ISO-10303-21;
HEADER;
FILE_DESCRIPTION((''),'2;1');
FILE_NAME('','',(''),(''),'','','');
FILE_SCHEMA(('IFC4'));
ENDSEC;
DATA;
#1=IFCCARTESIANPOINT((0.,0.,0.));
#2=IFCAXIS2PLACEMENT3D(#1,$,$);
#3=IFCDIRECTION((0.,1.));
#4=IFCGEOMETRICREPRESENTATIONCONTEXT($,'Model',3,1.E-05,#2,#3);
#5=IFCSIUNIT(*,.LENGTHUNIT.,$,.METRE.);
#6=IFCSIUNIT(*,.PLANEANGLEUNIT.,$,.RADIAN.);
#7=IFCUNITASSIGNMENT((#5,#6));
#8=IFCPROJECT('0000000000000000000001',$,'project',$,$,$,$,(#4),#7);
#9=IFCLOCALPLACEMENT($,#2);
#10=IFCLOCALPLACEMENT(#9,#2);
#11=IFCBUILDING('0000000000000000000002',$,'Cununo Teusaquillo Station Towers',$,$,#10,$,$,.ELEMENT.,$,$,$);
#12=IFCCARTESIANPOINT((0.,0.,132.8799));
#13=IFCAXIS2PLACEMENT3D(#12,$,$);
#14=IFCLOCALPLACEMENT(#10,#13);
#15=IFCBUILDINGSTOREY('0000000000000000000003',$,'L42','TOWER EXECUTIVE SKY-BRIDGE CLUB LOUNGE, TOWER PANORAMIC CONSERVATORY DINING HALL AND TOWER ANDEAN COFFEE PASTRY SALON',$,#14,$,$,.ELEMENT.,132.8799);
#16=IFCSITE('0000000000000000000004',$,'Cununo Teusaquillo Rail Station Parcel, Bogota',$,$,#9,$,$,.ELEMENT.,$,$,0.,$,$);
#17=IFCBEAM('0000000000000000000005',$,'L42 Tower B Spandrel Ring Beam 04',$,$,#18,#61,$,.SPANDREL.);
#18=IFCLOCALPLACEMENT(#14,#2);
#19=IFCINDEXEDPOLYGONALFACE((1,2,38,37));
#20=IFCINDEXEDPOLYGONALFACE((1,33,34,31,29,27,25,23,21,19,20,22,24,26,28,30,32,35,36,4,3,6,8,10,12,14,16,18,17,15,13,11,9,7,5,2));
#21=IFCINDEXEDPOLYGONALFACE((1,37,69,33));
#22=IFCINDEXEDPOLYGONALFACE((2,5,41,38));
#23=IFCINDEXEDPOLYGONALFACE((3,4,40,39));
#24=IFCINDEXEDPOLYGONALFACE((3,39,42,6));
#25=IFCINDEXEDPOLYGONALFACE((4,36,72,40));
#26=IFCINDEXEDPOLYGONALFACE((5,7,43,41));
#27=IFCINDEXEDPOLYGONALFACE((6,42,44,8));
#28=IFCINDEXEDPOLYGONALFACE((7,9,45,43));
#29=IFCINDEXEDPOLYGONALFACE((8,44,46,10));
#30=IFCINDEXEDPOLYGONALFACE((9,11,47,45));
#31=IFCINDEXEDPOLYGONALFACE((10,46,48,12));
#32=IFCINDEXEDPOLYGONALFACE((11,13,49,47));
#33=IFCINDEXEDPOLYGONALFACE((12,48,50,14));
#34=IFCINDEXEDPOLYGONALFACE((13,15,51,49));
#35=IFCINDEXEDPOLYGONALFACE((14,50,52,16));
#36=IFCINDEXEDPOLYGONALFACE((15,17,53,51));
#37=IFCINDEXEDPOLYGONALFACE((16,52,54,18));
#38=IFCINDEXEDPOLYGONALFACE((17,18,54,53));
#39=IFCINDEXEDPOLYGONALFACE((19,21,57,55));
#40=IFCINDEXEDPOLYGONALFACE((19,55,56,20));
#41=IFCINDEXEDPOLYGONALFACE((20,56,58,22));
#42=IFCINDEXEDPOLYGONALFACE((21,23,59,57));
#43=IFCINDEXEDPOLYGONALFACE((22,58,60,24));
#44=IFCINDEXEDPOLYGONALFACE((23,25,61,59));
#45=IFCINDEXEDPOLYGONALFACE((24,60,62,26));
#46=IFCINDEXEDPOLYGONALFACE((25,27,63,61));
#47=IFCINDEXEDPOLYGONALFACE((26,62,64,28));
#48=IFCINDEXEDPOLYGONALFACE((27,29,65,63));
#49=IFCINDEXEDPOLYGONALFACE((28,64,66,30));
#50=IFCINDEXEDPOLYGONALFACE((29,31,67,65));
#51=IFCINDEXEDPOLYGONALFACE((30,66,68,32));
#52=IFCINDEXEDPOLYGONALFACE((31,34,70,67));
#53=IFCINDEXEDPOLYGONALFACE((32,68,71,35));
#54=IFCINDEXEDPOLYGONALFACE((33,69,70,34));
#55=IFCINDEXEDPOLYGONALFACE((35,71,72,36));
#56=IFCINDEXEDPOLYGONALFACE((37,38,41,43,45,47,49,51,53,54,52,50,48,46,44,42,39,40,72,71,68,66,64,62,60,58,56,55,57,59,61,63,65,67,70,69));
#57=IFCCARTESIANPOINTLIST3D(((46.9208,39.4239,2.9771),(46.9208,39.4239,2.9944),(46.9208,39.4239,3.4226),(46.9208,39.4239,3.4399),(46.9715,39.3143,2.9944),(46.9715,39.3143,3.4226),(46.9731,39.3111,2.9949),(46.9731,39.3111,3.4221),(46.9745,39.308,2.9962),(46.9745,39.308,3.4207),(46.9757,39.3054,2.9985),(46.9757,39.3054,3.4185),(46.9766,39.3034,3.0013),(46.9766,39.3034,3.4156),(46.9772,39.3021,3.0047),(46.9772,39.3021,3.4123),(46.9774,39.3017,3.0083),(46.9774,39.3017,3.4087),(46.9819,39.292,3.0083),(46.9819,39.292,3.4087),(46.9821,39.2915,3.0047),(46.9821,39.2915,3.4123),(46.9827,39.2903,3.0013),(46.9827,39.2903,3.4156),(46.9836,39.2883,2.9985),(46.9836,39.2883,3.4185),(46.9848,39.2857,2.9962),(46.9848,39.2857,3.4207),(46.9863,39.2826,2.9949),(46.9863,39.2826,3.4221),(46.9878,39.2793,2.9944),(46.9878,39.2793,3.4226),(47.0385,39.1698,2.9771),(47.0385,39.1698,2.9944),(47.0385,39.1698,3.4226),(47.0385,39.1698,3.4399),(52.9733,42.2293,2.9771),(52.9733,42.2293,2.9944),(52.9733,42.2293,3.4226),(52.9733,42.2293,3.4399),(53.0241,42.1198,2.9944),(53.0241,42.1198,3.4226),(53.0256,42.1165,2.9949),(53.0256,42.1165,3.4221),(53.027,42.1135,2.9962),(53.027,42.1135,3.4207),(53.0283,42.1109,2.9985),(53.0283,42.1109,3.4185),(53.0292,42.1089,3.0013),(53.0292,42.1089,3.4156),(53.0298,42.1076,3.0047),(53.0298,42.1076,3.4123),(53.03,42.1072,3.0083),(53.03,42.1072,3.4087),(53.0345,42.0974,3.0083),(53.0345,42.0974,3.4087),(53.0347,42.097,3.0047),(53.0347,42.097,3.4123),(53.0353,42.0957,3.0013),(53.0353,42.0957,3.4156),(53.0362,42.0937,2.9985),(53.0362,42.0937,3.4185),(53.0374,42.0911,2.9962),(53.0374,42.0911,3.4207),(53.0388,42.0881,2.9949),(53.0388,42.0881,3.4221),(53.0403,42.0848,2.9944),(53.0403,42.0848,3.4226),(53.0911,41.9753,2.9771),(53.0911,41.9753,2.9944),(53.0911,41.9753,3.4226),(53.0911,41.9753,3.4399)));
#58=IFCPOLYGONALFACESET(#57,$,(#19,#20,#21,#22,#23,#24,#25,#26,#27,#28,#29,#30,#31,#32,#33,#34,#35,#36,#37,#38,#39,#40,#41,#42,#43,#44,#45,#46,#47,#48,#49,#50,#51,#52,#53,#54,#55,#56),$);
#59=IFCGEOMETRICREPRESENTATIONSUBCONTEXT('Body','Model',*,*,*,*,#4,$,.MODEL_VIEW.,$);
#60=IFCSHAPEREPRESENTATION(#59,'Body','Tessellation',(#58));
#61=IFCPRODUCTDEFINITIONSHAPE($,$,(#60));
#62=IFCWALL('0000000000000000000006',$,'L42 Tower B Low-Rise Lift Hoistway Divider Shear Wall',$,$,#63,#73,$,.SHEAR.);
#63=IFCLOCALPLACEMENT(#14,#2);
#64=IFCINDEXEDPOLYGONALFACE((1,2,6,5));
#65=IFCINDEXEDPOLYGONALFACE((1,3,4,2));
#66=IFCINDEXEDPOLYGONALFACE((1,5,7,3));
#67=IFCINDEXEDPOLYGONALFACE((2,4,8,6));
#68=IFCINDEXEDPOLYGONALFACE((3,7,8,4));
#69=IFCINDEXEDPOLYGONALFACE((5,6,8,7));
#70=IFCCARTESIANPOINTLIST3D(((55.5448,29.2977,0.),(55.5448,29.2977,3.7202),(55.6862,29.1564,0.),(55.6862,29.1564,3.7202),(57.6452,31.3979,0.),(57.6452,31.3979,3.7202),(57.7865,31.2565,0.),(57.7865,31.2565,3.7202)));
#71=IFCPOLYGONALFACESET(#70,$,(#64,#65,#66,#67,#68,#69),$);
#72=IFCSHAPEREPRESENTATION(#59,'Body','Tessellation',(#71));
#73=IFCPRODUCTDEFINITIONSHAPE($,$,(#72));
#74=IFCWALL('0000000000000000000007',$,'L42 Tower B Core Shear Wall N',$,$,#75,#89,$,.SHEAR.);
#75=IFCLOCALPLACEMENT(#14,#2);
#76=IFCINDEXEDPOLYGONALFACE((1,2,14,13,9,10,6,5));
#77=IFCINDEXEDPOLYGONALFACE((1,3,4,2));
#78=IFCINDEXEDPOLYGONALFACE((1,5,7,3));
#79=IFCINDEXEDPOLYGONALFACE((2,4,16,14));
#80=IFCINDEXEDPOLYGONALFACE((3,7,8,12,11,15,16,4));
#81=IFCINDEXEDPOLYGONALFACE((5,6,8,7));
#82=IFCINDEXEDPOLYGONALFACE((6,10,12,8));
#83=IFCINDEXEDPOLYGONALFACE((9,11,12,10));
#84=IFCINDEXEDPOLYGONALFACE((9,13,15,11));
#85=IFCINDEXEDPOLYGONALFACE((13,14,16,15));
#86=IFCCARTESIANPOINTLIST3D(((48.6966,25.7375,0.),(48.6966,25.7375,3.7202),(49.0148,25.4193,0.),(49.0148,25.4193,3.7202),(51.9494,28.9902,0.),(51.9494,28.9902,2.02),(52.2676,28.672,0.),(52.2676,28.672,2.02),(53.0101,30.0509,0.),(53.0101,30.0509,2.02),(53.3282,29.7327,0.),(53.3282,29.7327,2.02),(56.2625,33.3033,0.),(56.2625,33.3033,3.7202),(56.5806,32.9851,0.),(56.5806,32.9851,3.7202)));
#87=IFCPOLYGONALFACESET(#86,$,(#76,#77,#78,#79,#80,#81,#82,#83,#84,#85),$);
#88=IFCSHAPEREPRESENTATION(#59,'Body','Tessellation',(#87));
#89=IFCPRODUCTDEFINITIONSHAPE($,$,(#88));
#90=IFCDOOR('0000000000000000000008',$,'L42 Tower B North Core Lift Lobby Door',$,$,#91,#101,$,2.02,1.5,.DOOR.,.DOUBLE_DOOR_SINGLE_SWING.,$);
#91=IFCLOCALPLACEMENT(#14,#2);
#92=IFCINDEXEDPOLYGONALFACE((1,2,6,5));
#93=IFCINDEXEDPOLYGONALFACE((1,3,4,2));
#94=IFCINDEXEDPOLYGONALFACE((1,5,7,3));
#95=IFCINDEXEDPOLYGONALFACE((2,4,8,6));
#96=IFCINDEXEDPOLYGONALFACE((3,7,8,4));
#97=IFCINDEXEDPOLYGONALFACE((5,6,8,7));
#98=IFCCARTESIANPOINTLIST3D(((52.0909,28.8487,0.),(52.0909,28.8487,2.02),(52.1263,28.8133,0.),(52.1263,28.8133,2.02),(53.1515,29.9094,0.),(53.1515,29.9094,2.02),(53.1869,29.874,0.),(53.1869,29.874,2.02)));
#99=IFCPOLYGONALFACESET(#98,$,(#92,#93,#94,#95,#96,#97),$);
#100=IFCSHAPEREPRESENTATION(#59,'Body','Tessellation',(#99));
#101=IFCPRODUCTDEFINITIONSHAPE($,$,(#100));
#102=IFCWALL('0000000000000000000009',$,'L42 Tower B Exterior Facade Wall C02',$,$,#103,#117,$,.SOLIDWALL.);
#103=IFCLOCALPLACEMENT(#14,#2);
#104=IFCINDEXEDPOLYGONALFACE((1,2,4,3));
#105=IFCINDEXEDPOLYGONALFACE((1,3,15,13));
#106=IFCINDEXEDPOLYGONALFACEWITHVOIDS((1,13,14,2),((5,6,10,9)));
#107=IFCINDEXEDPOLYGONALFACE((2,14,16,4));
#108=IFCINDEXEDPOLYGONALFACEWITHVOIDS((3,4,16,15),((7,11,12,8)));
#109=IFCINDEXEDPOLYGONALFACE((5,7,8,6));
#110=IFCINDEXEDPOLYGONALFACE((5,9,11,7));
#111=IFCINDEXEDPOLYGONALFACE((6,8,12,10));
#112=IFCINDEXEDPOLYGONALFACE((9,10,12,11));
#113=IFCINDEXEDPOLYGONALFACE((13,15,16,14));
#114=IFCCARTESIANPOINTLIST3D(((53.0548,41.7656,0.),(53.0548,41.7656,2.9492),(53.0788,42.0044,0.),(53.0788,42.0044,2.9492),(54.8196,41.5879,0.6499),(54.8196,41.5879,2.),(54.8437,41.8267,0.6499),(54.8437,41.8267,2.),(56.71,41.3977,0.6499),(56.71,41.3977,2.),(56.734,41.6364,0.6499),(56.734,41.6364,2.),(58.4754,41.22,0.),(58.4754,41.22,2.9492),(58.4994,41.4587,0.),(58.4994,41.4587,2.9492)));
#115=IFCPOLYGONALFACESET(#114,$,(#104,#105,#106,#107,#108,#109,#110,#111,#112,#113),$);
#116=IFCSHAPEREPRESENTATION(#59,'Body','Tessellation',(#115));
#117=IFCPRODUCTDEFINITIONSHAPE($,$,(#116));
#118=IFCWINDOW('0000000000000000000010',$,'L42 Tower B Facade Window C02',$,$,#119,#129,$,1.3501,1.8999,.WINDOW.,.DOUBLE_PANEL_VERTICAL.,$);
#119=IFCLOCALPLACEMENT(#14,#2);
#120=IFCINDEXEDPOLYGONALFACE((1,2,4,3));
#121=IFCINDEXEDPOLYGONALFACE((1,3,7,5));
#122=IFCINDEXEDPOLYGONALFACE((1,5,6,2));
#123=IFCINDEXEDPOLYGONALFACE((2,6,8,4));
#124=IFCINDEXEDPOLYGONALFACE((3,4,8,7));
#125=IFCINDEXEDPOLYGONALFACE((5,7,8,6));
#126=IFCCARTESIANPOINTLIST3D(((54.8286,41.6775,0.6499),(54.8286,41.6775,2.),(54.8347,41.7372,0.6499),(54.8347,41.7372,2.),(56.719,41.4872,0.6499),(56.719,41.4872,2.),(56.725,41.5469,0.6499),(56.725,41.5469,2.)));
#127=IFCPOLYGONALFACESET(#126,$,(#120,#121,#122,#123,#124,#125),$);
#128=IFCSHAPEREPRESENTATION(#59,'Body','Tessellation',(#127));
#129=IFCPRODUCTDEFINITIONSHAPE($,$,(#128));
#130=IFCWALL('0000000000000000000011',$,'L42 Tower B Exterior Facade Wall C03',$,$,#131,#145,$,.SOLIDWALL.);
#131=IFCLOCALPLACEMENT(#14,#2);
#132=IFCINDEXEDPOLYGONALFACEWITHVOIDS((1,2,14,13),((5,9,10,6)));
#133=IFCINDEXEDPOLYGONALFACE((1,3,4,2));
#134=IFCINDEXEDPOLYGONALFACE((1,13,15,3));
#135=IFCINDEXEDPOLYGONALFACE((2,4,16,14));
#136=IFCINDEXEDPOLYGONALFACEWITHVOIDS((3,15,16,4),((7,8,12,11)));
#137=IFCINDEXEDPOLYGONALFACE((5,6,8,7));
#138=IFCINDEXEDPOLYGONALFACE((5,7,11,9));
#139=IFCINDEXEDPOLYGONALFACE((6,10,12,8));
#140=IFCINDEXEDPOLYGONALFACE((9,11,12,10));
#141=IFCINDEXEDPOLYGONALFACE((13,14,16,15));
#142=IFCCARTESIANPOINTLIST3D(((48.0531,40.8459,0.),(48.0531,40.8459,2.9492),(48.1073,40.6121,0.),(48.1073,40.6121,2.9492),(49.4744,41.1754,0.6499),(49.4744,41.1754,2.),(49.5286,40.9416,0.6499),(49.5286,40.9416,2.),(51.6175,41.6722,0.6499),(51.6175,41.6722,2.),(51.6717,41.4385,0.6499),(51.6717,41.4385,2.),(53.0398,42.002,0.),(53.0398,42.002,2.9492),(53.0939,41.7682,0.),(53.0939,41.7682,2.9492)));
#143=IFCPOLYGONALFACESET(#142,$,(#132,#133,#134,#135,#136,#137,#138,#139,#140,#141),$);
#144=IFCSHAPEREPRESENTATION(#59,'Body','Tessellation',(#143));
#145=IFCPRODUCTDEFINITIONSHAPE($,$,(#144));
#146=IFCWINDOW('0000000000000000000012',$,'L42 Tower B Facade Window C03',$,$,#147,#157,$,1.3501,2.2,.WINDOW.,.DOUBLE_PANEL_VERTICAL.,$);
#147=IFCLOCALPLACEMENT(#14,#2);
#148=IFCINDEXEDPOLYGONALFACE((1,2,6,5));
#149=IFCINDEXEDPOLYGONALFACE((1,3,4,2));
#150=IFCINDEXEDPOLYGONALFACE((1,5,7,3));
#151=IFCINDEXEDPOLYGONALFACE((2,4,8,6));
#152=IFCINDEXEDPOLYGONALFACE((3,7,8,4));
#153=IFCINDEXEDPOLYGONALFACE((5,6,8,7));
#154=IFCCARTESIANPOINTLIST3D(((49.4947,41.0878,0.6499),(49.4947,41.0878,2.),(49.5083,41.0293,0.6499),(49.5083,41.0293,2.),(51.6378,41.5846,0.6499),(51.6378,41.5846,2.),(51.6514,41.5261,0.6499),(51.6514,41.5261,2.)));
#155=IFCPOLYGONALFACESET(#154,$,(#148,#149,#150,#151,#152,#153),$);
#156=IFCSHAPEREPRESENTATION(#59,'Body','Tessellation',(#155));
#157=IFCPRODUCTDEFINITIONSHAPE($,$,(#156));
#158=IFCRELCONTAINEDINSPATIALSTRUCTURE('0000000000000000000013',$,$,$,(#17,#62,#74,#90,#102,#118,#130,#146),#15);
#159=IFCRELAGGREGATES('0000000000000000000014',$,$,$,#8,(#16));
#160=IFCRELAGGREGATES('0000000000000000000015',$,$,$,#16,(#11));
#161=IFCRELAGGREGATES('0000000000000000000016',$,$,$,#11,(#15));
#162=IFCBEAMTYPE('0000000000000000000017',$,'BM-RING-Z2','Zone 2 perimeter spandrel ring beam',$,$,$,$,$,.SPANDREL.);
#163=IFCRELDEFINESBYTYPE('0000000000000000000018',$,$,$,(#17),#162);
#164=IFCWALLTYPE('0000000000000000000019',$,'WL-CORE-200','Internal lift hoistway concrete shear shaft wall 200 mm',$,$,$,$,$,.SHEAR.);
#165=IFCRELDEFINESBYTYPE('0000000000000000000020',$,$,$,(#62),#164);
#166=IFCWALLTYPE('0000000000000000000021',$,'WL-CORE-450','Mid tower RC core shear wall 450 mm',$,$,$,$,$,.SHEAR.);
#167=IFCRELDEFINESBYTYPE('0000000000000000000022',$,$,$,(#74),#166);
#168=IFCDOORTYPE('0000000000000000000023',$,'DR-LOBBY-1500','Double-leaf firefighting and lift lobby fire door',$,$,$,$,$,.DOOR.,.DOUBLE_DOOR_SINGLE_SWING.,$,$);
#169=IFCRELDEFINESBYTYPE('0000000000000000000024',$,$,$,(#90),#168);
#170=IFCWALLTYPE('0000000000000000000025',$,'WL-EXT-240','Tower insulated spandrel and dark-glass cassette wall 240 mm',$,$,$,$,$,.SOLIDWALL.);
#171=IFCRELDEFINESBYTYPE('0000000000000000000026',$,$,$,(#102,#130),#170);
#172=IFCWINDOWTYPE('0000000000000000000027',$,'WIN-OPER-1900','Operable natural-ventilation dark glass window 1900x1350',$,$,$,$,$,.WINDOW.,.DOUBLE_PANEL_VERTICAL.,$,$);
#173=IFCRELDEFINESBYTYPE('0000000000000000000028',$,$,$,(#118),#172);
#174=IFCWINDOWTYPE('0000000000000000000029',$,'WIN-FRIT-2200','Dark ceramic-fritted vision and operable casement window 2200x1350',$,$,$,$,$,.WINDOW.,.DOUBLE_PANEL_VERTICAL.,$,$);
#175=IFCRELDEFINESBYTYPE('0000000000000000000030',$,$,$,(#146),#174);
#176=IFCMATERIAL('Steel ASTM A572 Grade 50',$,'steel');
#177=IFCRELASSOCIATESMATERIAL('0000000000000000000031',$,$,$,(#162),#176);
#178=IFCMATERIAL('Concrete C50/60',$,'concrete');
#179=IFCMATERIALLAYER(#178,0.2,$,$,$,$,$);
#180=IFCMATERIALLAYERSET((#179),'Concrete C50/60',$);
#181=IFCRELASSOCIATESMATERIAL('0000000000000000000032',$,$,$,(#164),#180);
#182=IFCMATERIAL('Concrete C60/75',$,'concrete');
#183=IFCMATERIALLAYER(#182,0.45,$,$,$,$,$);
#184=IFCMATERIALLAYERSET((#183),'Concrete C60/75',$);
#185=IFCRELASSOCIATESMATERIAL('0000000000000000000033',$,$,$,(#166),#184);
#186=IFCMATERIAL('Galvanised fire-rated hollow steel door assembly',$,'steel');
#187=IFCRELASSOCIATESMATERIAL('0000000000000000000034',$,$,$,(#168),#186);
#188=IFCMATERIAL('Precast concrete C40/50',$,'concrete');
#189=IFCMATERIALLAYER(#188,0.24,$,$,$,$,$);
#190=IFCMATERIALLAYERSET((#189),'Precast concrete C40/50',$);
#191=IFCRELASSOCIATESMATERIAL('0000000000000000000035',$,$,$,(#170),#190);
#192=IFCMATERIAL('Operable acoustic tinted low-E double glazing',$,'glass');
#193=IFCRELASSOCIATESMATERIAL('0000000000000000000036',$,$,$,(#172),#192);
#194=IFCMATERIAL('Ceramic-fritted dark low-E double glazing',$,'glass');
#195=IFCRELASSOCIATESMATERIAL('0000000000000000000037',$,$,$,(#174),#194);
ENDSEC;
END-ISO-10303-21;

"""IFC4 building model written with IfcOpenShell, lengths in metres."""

from ifc_helpers import new_model, si_unit, direction, frame, frame_2d, origin, origin_2d, place, context, subcontext, project, spatial, rectangle, i_section, extrude, source, transform, mapped, material, layer, layer_set, material_profile, profile_set, type_object, element, fill, save


model = new_model("IFC4")

# Units and contexts
model_context = context("Model", 3, precision=1e-05, world=origin(), true_north=direction((0.0, 1.0)))
body_context = subcontext(model_context, "Body", "Model", "MODEL_VIEW")
ifc_project = project(units=[si_unit("LENGTHUNIT", "METRE"), si_unit("PLANEANGLEUNIT", "RADIAN")], contexts=[model_context])

# Site, building, storey
site_placement = place(None, origin())
site = spatial("IfcSite", under=ifc_project, at=site_placement, Name="Cununo Teusaquillo Rail Station Parcel, Bogota", CompositionType="ELEMENT", RefElevation=0.0)
building_placement = place(site_placement, origin())
building = spatial("IfcBuilding", under=site, at=building_placement, Name="Cununo Teusaquillo Station Towers", CompositionType="ELEMENT")
storey_placement = place(building_placement, frame((0.0, 0.0, 132.8799)))
storey = spatial("IfcBuildingStorey", under=building, at=storey_placement, Name="L42", Description="TOWER EXECUTIVE SKY-BRIDGE CLUB LOUNGE, TOWER PANORAMIC CONSERVATORY DINING HALL AND TOWER ANDEAN COFFEE PASTRY SALON", CompositionType="ELEMENT", Elevation=132.8799)

# Beam
ifc_material_1 = material(Name="Steel ASTM A572 Grade 50", Category="steel")
ifc_material_profile_1 = material_profile(ifc_material_1, i_section(OverallWidth=0.28, OverallDepth=0.4629, WebThickness=0.0107, FlangeThickness=0.0173, FilletRadius=0.0139, at=origin_2d()), Name="W18X76")
ifc_profile_set_1 = profile_set([ifc_material_profile_1], Name="Steel ASTM A572 Grade 50")
beam_type_1 = type_object("IfcBeamType", Name="BM-RING-Z2", Description="Zone 2 perimeter spandrel ring beam", PredefinedType="SPANDREL", material=ifc_profile_set_1)
beam_1_placement = place(storey_placement, frame((53.0322, 42.1023, 3.2085), z_axis=(-0.907276, -0.420536, 0.0), x_axis=(0.420536, -0.907276, 0.0)))
element("IfcBeam", 1, at=beam_1_placement, inside=storey, type_object=beam_type_1, Name="L42 Tower B Spandrel Ring Beam 04", PredefinedType="SPANDREL", context=body_context, shape_type="SweptSolid", body=[
    extrude(i_section(OverallWidth=0.28, OverallDepth=0.4629, WebThickness=0.0107, FlangeThickness=0.0173, FilletRadius=0.0139, at=origin_2d()), origin(), (0.0, 0.0, 1.0), 6.6711),
])

# Wall
ifc_material_2 = material(Name="Concrete C50/60", Category="concrete")
ifc_layer_1 = layer(ifc_material_2, 0.2)
ifc_layer_set_1 = layer_set([ifc_layer_1], Name="Concrete C50/60")
wall_type_1 = type_object("IfcWallType", Name="WL-CORE-200", Description="Internal lift hoistway concrete shear shaft wall 200 mm", PredefinedType="SHEAR", material=ifc_layer_set_1)
wall_1_placement = place(storey_placement, frame((55.6155, 29.2271, 0.0), z_axis=(0.0, 0.0, 1.0), x_axis=(0.707148, 0.707066, 0.0)))
element("IfcWall", 2, at=wall_1_placement, inside=storey, type_object=wall_type_1, Name="L42 Tower B Low-Rise Lift Hoistway Divider Shear Wall", PredefinedType="SHEAR", context=body_context, shape_type="SweptSolid", body=[
    extrude(rectangle(XDim=2.9702, YDim=0.2, at=frame_2d((1.4851, 0.0))), origin(), (0.0, 0.0, 1.0), 3.7202),
])

# Wall, opening, door
ifc_material_3 = material(Name="Concrete C60/75", Category="concrete")
ifc_layer_2 = layer(ifc_material_3, 0.45)
ifc_layer_set_2 = layer_set([ifc_layer_2], Name="Concrete C60/75")
wall_type_2 = type_object("IfcWallType", Name="WL-CORE-450", Description="Mid tower RC core shear wall 450 mm", PredefinedType="SHEAR", material=ifc_layer_set_2)
wall_2_placement = place(storey_placement, frame((48.8557, 25.5784, 0.0), z_axis=(0.0, 0.0, 1.0), x_axis=(0.707107, 0.707107, 0.0)))
wall_2 = element("IfcWall", 3, at=wall_2_placement, inside=storey, type_object=wall_type_2, Name="L42 Tower B Core Shear Wall N", PredefinedType="SHEAR", context=body_context, shape_type="SweptSolid", body=[
    extrude(rectangle(XDim=10.6997, YDim=0.45, at=frame_2d((5.3499, 0.0))), origin(), (0.0, 0.0, 1.0), 3.7202),
])
shared_shape_1 = source(origin(), body_context, "Body", "SweptSolid", [
    extrude(rectangle(XDim=1.5, YDim=2.02, at=frame_2d((0.75, 1.01))), frame((0.0, 0.2349, 0.0), z_axis=(0.0, -1.0, 0.0), x_axis=(1.0, 0.0, 0.0)), (0.0, 0.0, 1.0), 0.47),
])
opening_1_placement = place(wall_2_placement, frame((4.6001, 0.0, 0.0)))
opening_1 = element("IfcOpeningElement", 4, at=opening_1_placement, cuts=wall_2, PredefinedType="OPENING", context=body_context, shape_type="MappedRepresentation", body=[
    mapped(shared_shape_1, transform((0.0, 0.0, 0.0), x_axis=(1.0, 0.0, 0.0), y_axis=(0.0, 1.0, 0.0), z_axis=(0.0, 0.0, 1.0), scale=1.0)),
])
ifc_material_4 = material(Name="Galvanised fire-rated hollow steel door assembly", Category="steel")
door_type_1 = type_object("IfcDoorType", Name="DR-LOBBY-1500", Description="Double-leaf firefighting and lift lobby fire door", OperationType="DOUBLE_DOOR_SINGLE_SWING", PredefinedType="DOOR", material=ifc_material_4)
shared_shape_2 = source(origin(), body_context, "Body", "SweptSolid", [
    extrude(rectangle(XDim=1.5, YDim=2.02, at=frame_2d((0.75, 1.01))), frame((0.0, 0.0249, 0.0), z_axis=(0.0, -1.0, 0.0), x_axis=(1.0, 0.0, 0.0)), (0.0, 0.0, 1.0), 0.05),
])
door_1_placement = place(opening_1_placement, origin())
door_1 = element("IfcDoor", 5, at=door_1_placement, inside=storey, type_object=door_type_1, Name="L42 Tower B North Core Lift Lobby Door", OperationType="DOUBLE_DOOR_SINGLE_SWING", OverallHeight=2.02, OverallWidth=1.5, PredefinedType="DOOR", context=body_context, shape_type="MappedRepresentation", body=[
    mapped(shared_shape_2, transform((0.0, 0.0, 0.0), x_axis=(1.0, 0.0, 0.0), y_axis=(0.0, 1.0, 0.0), z_axis=(0.0, 0.0, 1.0), scale=1.0)),
])
fill(opening_1, door_1)

# Walls, openings, windows
ifc_material_5 = material(Name="Precast concrete C40/50", Category="concrete")
ifc_layer_3 = layer(ifc_material_5, 0.24)
ifc_layer_set_3 = layer_set([ifc_layer_3], Name="Precast concrete C40/50")
wall_type_3 = type_object("IfcWallType", Name="WL-EXT-240", Description="Tower insulated spandrel and dark-glass cassette wall 240 mm", PredefinedType="SOLIDWALL", material=ifc_layer_set_3)
wall_3_placement = place(storey_placement, frame((53.0667, 41.885, 0.0), z_axis=(0.0, 0.0, 1.0), x_axis=(0.994972, -0.100156, 0.0)))
wall_3 = element("IfcWall", 6, at=wall_3_placement, inside=storey, type_object=wall_type_3, Name="L42 Tower B Exterior Facade Wall C02", PredefinedType="SOLIDWALL", context=body_context, shape_type="SweptSolid", body=[
    extrude(rectangle(XDim=5.448, YDim=0.24, at=frame_2d((2.7241, 0.0))), origin(), (0.0, 0.0, 1.0), 2.9492),
])
shared_shape_3 = source(origin(), body_context, "Body", "SweptSolid", [
    extrude(rectangle(XDim=1.8999, YDim=1.3501, at=frame_2d((0.95, 0.675))), frame((0.0, 0.1299, 0.0), z_axis=(0.0, -1.0, 0.0), x_axis=(1.0, 0.0, 0.0)), (0.0, 0.0, 1.0), 0.26),
])
opening_2_placement = place(wall_3_placement, frame((1.7739, 0.0, 0.6499)))
opening_2 = element("IfcOpeningElement", 7, at=opening_2_placement, cuts=wall_3, PredefinedType="OPENING", context=body_context, shape_type="MappedRepresentation", body=[
    mapped(shared_shape_3, transform((0.0, 0.0, 0.0), x_axis=(1.0, 0.0, 0.0), y_axis=(0.0, 1.0, 0.0), z_axis=(0.0, 0.0, 1.0), scale=1.0)),
])
ifc_material_6 = material(Name="Operable acoustic tinted low-E double glazing", Category="glass")
window_type_1 = type_object("IfcWindowType", Name="WIN-OPER-1900", Description="Operable natural-ventilation dark glass window 1900x1350", PartitioningType="DOUBLE_PANEL_VERTICAL", PredefinedType="WINDOW", material=ifc_material_6)
shared_shape_4 = source(origin(), body_context, "Body", "SweptSolid", [
    extrude(rectangle(XDim=1.8999, YDim=1.3501, at=frame_2d((0.95, 0.675))), frame((0.0, 0.03, 0.0), z_axis=(0.0, -1.0, 0.0), x_axis=(1.0, 0.0, 0.0)), (0.0, 0.0, 1.0), 0.0601),
])
window_1_placement = place(opening_2_placement, origin())
window_1 = element("IfcWindow", 8, at=window_1_placement, inside=storey, type_object=window_type_1, Name="L42 Tower B Facade Window C02", OverallHeight=1.3501, OverallWidth=1.8999, PartitioningType="DOUBLE_PANEL_VERTICAL", PredefinedType="WINDOW", context=body_context, shape_type="MappedRepresentation", body=[
    mapped(shared_shape_4, transform((0.0, 0.0, 0.0), x_axis=(1.0, 0.0, 0.0), y_axis=(0.0, 1.0, 0.0), z_axis=(0.0, 0.0, 1.0), scale=1.0)),
])
fill(opening_2, window_1)
wall_4_placement = place(storey_placement, frame((48.0801, 40.729, 0.0), z_axis=(0.0, 0.0, 1.0), x_axis=(0.974166, 0.225835, 0.0)))
wall_4 = element("IfcWall", 9, at=wall_4_placement, inside=storey, type_object=wall_type_3, Name="L42 Tower B Exterior Facade Wall C03", PredefinedType="SOLIDWALL", context=body_context, shape_type="SweptSolid", body=[
    extrude(rectangle(XDim=5.1189, YDim=0.24, at=frame_2d((2.5596, 0.0))), origin(), (0.0, 0.0, 1.0), 2.9492),
])
shared_shape_5 = source(origin(), body_context, "Body", "SweptSolid", [
    extrude(rectangle(XDim=2.2, YDim=1.3501, at=frame_2d((1.1001, 0.675))), frame((0.0, 0.1299, 0.0), z_axis=(0.0, -1.0, 0.0), x_axis=(1.0, 0.0, 0.0)), (0.0, 0.0, 1.0), 0.26),
])
opening_3_placement = place(wall_4_placement, frame((1.459, 0.0, 0.6499)))
opening_3 = element("IfcOpeningElement", 10, at=opening_3_placement, cuts=wall_4, PredefinedType="OPENING", context=body_context, shape_type="MappedRepresentation", body=[
    mapped(shared_shape_5, transform((0.0, 0.0, 0.0), x_axis=(1.0, 0.0, 0.0), y_axis=(0.0, 1.0, 0.0), z_axis=(0.0, 0.0, 1.0), scale=1.0)),
])
ifc_material_7 = material(Name="Ceramic-fritted dark low-E double glazing", Category="glass")
window_type_2 = type_object("IfcWindowType", Name="WIN-FRIT-2200", Description="Dark ceramic-fritted vision and operable casement window 2200x1350", PartitioningType="DOUBLE_PANEL_VERTICAL", PredefinedType="WINDOW", material=ifc_material_7)
shared_shape_6 = source(origin(), body_context, "Body", "SweptSolid", [
    extrude(rectangle(XDim=2.2, YDim=1.3501, at=frame_2d((1.1001, 0.675))), frame((0.0, 0.03, 0.0), z_axis=(0.0, -1.0, 0.0), x_axis=(1.0, 0.0, 0.0)), (0.0, 0.0, 1.0), 0.0601),
])
window_2_placement = place(opening_3_placement, origin())
window_2 = element("IfcWindow", 11, at=window_2_placement, inside=storey, type_object=window_type_2, Name="L42 Tower B Facade Window C03", OverallHeight=1.3501, OverallWidth=2.2, PartitioningType="DOUBLE_PANEL_VERTICAL", PredefinedType="WINDOW", context=body_context, shape_type="MappedRepresentation", body=[
    mapped(shared_shape_6, transform((0.0, 0.0, 0.0), x_axis=(1.0, 0.0, 0.0), y_axis=(0.0, 1.0, 0.0), z_axis=(0.0, 0.0, 1.0), scale=1.0)),
])
fill(opening_3, window_2)

save(model, "model.ifc")
